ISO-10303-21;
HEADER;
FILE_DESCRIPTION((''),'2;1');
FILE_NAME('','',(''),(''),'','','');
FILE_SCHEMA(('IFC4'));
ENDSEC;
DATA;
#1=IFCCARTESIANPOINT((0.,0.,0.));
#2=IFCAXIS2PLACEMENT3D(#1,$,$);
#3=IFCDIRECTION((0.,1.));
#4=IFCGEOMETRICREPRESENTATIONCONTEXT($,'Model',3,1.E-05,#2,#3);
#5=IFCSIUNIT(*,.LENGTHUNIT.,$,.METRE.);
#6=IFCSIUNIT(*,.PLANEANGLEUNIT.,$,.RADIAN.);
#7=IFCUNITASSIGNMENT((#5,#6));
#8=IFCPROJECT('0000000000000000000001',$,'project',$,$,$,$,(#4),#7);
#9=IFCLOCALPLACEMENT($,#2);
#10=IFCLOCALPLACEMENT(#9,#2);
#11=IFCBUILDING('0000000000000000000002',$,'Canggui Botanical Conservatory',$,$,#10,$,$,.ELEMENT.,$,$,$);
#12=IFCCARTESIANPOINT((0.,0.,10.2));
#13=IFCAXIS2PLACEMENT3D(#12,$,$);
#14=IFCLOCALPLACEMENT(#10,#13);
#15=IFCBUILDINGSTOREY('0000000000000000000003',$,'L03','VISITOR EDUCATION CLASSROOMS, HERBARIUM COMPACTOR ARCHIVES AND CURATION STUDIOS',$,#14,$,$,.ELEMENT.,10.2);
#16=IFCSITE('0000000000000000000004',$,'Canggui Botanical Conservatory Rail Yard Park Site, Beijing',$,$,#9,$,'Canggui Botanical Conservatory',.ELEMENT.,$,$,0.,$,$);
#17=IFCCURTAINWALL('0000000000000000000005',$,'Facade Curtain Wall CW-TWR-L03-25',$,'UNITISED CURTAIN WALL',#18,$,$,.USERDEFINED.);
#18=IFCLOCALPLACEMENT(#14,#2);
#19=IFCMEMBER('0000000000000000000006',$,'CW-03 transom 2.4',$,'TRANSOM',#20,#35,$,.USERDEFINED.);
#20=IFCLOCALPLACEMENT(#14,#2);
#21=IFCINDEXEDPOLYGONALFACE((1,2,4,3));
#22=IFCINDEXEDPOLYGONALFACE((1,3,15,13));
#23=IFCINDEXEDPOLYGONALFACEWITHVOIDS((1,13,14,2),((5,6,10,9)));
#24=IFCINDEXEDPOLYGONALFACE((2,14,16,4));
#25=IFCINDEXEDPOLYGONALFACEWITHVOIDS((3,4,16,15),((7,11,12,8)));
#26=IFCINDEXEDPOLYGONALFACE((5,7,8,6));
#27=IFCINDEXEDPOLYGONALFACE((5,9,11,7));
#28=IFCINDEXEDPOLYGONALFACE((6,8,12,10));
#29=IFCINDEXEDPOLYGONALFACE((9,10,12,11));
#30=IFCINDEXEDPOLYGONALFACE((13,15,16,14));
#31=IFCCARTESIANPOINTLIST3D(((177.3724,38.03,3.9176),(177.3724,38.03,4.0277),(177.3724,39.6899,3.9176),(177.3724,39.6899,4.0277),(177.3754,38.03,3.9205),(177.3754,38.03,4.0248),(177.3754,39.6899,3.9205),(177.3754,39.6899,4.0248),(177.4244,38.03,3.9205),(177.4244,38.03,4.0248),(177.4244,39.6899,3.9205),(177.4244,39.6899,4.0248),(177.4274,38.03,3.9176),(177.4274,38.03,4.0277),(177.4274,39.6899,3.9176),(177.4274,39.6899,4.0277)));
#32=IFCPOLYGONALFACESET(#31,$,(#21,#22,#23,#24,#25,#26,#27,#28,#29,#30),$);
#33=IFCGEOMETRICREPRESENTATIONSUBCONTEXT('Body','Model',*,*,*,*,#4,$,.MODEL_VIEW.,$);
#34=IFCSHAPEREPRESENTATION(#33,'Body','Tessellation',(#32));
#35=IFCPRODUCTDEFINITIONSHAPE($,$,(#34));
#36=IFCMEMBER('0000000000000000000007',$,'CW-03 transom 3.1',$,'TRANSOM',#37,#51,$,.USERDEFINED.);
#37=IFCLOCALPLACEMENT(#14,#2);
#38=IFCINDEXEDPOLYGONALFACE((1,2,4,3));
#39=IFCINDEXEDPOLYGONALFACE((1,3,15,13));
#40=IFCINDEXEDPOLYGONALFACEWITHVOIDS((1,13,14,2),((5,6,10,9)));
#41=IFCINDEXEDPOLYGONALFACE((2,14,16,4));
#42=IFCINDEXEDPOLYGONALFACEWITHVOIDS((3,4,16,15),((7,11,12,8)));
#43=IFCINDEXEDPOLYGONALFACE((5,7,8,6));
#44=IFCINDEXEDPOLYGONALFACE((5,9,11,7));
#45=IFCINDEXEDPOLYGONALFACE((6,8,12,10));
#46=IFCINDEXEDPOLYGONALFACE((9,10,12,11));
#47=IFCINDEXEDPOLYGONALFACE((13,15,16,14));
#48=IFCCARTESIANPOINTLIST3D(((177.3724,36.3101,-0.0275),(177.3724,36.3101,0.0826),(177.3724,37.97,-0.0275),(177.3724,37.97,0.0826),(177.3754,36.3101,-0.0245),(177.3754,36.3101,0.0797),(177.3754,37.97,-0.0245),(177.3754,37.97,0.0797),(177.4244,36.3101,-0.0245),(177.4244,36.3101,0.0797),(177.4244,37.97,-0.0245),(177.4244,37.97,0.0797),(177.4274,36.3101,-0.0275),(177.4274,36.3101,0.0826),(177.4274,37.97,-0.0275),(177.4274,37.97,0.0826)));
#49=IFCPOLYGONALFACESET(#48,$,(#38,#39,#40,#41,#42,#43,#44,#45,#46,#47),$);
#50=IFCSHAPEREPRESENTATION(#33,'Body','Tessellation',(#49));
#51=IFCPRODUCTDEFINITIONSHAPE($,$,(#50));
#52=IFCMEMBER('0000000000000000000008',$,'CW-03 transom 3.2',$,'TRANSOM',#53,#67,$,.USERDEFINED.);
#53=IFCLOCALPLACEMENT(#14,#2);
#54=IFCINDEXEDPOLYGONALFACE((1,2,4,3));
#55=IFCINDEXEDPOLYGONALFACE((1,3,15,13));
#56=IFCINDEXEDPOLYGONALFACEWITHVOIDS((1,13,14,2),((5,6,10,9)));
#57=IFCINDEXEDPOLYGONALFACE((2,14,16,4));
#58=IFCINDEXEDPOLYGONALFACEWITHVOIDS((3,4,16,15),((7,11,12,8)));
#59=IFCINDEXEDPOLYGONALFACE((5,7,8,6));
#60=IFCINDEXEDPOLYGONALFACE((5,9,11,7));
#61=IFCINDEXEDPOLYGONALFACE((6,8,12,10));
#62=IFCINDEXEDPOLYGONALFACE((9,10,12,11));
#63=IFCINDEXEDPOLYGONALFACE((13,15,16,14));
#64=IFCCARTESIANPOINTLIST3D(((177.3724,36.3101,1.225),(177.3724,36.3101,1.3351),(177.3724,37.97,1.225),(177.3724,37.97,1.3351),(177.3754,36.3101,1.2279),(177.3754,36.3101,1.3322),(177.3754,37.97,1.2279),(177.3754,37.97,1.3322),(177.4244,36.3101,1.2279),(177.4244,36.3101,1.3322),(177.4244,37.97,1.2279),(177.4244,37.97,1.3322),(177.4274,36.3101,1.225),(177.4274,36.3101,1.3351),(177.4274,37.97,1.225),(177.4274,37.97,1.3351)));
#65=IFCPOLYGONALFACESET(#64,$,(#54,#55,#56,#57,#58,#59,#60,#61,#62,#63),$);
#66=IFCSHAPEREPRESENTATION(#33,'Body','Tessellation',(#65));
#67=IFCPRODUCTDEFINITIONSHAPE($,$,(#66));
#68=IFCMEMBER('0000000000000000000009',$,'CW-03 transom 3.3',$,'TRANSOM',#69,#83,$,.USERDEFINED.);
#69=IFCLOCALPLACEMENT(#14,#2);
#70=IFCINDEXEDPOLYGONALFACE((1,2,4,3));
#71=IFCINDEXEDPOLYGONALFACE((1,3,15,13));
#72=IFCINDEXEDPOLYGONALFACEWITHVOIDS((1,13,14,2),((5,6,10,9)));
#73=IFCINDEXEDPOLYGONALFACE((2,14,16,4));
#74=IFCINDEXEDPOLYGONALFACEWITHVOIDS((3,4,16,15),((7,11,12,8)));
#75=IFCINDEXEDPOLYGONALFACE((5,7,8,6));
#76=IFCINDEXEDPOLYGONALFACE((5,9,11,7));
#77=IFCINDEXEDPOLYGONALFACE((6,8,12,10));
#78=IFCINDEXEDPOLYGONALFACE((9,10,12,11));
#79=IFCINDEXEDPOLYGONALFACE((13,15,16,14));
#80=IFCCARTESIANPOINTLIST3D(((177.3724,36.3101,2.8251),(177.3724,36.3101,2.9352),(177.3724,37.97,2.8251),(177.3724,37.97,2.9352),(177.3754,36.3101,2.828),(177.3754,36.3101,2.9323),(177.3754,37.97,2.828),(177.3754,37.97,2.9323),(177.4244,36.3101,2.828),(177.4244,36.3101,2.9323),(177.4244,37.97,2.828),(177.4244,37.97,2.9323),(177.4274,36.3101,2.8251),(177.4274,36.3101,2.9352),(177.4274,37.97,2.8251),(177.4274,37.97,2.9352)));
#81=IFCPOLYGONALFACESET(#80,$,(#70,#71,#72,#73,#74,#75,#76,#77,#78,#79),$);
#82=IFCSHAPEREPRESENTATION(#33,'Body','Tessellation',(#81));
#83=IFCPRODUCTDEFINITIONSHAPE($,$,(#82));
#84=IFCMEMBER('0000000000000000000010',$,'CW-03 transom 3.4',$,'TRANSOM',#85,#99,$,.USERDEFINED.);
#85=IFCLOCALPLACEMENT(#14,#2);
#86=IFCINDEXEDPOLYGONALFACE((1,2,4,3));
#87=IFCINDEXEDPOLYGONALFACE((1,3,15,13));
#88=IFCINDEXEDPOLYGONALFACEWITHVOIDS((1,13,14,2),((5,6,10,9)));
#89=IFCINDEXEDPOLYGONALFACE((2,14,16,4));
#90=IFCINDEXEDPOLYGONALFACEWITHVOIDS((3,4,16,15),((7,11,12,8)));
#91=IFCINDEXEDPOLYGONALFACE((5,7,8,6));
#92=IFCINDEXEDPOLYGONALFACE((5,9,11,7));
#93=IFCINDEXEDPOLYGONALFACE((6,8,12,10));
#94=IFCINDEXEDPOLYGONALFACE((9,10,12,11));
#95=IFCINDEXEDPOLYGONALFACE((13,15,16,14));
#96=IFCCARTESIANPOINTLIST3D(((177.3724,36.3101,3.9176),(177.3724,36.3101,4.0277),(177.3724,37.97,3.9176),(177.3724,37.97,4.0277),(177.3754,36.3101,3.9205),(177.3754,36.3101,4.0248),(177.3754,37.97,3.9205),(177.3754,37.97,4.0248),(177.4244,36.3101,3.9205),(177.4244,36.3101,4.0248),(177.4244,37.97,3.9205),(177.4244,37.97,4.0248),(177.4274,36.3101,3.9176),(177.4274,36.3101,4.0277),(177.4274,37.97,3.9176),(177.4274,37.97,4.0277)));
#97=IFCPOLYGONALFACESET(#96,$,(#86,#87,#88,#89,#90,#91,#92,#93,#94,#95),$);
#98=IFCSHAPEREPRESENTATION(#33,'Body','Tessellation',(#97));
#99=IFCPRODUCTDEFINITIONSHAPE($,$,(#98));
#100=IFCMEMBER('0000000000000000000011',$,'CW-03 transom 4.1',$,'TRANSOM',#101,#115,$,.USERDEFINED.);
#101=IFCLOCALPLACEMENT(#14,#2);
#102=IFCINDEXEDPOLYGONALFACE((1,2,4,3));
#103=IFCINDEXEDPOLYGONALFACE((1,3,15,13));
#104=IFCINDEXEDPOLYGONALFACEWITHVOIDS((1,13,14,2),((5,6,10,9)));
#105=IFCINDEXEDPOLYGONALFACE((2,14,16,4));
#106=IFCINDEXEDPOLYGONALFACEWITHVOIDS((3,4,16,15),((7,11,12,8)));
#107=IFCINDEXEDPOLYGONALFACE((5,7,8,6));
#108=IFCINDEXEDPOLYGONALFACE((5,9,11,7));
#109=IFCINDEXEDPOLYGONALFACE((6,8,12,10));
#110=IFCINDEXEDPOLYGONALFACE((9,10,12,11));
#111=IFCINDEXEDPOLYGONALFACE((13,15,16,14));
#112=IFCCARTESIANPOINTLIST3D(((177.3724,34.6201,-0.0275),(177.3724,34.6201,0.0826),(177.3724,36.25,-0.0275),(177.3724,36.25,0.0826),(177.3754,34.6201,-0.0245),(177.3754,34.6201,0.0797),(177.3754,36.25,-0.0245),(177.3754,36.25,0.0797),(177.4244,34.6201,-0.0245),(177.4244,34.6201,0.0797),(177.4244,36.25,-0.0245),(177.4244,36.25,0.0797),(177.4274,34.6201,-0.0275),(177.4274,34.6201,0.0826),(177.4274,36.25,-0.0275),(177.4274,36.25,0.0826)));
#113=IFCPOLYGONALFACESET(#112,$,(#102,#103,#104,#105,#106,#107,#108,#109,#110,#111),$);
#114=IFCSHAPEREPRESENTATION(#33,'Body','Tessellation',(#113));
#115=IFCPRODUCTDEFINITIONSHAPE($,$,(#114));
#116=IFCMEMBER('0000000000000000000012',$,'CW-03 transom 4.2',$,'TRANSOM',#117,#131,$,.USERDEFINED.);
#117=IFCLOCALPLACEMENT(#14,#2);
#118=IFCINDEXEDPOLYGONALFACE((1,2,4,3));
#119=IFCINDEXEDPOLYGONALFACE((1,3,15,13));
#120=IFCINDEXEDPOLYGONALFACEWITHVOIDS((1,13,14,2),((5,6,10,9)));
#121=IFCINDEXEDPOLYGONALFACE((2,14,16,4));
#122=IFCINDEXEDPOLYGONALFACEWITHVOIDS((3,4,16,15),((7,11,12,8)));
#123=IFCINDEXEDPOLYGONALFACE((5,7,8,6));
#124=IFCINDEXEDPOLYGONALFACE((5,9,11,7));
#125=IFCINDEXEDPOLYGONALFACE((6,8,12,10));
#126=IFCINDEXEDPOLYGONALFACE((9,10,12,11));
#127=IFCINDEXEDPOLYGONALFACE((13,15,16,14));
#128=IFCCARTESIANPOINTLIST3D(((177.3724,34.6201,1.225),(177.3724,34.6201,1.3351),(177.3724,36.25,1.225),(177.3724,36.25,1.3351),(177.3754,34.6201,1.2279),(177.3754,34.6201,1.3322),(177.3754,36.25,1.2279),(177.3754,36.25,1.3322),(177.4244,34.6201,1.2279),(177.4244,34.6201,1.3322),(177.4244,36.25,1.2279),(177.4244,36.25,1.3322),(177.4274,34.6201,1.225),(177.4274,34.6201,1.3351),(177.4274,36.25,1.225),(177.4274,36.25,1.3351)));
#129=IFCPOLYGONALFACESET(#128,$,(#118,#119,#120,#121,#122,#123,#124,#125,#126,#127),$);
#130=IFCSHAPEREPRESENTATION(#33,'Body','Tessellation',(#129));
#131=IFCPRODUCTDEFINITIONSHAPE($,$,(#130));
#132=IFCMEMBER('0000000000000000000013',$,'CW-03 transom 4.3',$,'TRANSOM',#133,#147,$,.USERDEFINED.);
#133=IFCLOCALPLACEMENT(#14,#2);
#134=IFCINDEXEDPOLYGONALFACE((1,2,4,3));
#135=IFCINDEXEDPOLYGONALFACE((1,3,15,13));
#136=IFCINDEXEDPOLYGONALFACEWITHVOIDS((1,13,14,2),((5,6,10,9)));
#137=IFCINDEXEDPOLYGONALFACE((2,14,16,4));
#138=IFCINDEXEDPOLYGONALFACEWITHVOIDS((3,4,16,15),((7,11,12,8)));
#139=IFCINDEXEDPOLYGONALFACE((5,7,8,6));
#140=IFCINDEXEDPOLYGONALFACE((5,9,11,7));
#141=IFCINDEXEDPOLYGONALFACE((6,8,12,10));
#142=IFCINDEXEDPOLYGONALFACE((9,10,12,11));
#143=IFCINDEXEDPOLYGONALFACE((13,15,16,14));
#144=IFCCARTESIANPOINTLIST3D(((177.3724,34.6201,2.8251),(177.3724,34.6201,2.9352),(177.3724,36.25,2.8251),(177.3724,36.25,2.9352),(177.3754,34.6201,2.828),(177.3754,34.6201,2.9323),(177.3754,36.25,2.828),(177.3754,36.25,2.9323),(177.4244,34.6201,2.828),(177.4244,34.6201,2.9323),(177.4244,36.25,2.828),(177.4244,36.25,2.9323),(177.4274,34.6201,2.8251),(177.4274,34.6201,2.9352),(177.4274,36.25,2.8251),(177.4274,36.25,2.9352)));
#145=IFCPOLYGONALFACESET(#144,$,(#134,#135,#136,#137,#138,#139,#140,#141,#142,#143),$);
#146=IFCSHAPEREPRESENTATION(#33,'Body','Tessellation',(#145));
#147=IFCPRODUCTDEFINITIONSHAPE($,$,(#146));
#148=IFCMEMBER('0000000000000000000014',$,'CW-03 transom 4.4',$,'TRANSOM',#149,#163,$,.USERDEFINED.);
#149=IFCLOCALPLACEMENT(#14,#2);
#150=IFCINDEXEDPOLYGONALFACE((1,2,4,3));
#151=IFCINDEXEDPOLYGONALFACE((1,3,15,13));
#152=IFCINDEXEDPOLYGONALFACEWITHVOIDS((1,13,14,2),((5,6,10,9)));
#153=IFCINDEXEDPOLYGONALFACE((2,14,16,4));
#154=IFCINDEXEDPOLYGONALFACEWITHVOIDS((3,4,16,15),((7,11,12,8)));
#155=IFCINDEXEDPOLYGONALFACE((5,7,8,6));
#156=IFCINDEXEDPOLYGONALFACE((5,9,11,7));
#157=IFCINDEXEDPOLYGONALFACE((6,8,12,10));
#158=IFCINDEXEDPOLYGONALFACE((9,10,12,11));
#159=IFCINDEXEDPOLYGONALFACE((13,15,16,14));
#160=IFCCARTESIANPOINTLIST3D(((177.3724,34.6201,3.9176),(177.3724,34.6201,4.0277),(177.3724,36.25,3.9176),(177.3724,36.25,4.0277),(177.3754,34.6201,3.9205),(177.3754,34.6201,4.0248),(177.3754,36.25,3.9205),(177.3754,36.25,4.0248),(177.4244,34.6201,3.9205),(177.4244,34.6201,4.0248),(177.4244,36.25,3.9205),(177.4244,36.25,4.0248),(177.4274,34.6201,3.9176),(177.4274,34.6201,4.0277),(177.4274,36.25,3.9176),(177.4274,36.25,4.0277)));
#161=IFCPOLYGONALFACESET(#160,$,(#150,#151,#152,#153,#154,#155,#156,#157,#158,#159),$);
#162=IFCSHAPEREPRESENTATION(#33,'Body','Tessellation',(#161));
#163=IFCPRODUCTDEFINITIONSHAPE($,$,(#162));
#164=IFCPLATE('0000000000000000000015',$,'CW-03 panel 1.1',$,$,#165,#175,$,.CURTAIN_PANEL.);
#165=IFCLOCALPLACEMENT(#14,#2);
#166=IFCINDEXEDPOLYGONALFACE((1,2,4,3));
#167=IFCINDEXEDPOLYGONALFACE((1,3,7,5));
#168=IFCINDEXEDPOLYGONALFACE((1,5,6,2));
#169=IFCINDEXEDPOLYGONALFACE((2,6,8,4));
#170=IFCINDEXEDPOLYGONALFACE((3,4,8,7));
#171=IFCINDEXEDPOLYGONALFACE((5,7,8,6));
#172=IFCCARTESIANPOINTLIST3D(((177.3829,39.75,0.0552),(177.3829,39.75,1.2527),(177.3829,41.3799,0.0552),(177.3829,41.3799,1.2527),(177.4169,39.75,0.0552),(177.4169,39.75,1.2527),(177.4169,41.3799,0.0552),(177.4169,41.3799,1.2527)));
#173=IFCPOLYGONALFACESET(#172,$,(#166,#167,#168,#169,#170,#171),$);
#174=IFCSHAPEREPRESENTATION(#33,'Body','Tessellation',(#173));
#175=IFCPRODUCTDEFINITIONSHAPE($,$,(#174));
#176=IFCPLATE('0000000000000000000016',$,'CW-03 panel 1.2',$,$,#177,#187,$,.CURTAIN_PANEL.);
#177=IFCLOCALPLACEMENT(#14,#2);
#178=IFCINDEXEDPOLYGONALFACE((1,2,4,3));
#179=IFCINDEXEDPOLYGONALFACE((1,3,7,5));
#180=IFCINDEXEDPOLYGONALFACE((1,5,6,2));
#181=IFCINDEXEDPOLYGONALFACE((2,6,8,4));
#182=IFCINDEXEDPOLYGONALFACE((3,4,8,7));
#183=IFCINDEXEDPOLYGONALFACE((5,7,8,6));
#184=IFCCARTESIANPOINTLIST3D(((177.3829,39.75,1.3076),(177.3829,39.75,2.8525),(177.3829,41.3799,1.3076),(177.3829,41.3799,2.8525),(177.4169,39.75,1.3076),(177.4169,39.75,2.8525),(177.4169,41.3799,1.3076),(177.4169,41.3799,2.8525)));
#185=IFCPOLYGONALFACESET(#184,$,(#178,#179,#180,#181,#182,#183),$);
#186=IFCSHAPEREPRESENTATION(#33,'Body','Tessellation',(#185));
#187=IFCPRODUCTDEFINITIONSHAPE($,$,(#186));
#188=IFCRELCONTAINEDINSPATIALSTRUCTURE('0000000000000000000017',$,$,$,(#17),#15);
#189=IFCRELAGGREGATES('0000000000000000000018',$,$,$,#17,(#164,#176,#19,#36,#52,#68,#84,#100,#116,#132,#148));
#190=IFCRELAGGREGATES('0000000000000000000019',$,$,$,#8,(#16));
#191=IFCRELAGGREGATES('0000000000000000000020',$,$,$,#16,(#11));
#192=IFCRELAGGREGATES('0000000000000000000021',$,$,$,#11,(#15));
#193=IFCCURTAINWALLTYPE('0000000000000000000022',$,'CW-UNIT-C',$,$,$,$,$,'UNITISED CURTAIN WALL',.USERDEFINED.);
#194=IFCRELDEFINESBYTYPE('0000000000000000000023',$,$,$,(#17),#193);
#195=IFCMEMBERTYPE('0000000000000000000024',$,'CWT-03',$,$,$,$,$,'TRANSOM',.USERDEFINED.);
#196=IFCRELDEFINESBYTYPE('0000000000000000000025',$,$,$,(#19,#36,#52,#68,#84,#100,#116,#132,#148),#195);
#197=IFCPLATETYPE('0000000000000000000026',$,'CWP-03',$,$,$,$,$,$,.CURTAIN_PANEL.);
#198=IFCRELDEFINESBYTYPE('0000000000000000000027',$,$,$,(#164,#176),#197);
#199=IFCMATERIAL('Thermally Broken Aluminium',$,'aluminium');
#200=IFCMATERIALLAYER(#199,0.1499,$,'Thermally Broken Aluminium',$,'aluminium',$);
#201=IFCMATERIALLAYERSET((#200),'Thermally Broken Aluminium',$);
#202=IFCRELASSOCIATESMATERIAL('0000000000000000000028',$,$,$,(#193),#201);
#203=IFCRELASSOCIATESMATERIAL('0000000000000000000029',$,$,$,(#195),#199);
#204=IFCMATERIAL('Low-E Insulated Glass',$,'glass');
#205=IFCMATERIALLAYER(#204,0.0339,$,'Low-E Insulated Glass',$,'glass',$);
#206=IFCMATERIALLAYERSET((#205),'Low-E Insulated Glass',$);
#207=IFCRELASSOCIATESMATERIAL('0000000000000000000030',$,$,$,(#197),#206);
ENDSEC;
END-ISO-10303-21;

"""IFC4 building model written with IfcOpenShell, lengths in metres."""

from ifc_helpers import new_model, si_unit, direction, frame, origin, origin_2d, place, context, subcontext, project, spatial, rectangle, hollow_rectangle, extrude, material, layer, layer_set, material_profile, profile_set, type_object, element, aggregate, save


model = new_model("IFC4")

# Units and contexts
model_context = context("Model", 3, precision=1e-05, world=origin(), true_north=direction((0.0, 1.0)))
body_context = subcontext(model_context, "Body", "Model", "MODEL_VIEW")
ifc_project = project(units=[si_unit("LENGTHUNIT", "METRE"), si_unit("PLANEANGLEUNIT", "RADIAN")], contexts=[model_context])

# Site, building, storey
site_placement = place(None, origin())
site = spatial("IfcSite", under=ifc_project, at=site_placement, Name="Canggui Botanical Conservatory Rail Yard Park Site, Beijing", LongName="Canggui Botanical Conservatory", CompositionType="ELEMENT", RefElevation=0.0)
building_placement = place(site_placement, origin())
building = spatial("IfcBuilding", under=site, at=building_placement, Name="Canggui Botanical Conservatory", CompositionType="ELEMENT")
storey_placement = place(building_placement, frame((0.0, 0.0, 10.2)))
storey = spatial("IfcBuildingStorey", under=building, at=storey_placement, Name="L03", Description="VISITOR EDUCATION CLASSROOMS, HERBARIUM COMPACTOR ARCHIVES AND CURATION STUDIOS", CompositionType="ELEMENT", Elevation=10.2)

# Curtain wall, members, plates
ifc_material_1 = material(Name="Thermally Broken Aluminium", Category="aluminium")
ifc_layer_1 = layer(ifc_material_1, 0.1499, Name="Thermally Broken Aluminium", Category="aluminium")
ifc_layer_set_1 = layer_set([ifc_layer_1], Name="Thermally Broken Aluminium")
curtain_wall_type = type_object("IfcCurtainWallType", Name="CW-UNIT-C", ElementType="UNITISED CURTAIN WALL", PredefinedType="USERDEFINED", material=ifc_layer_set_1)
curtain_wall_placement = place(storey_placement, origin())
curtain_wall = element("IfcCurtainWall", 1, at=curtain_wall_placement, inside=storey, type_object=curtain_wall_type, Name="Facade Curtain Wall CW-TWR-L03-25", ObjectType="UNITISED CURTAIN WALL", PredefinedType="USERDEFINED")
ifc_material_profile_1 = material_profile(ifc_material_1, hollow_rectangle(XDim=0.0549, YDim=0.1101, WallThickness=0.0029, at=origin_2d()), Name="CWT 55x110x3")
ifc_profile_set_1 = profile_set([ifc_material_profile_1], Name="Thermally Broken Aluminium")
member_type_1 = type_object("IfcMemberType", Name="CWT-03", ElementType="TRANSOM", PredefinedType="USERDEFINED", material=ifc_profile_set_1)
member_1_placement = place(storey_placement, frame((177.3999, 39.6899, 3.9727), z_axis=(0.0, -1.0, 0.0), x_axis=(1.0, 0.0, 0.0)))
member_1 = element("IfcMember", 2, at=member_1_placement, type_object=member_type_1, Name="CW-03 transom 2.4", ObjectType="TRANSOM", PredefinedType="USERDEFINED", context=body_context, shape_type="SweptSolid", body=[
    extrude(hollow_rectangle(XDim=0.0549, YDim=0.1101, WallThickness=0.0029, at=origin_2d()), origin(), (0.0, 0.0, 1.0), 1.6599),
])
member_2_placement = place(storey_placement, frame((177.3999, 37.97, 0.0276), z_axis=(0.0, -1.0, 0.0), x_axis=(1.0, 0.0, 0.0)))
member_2 = element("IfcMember", 3, at=member_2_placement, type_object=member_type_1, Name="CW-03 transom 3.1", ObjectType="TRANSOM", PredefinedType="USERDEFINED", context=body_context, shape_type="SweptSolid", body=[
    extrude(hollow_rectangle(XDim=0.0549, YDim=0.1101, WallThickness=0.0029, at=origin_2d()), origin(), (0.0, 0.0, 1.0), 1.6599),
])
member_3_placement = place(storey_placement, frame((177.3999, 37.97, 1.28), z_axis=(0.0, -1.0, 0.0), x_axis=(1.0, 0.0, 0.0)))
member_3 = element("IfcMember", 4, at=member_3_placement, type_object=member_type_1, Name="CW-03 transom 3.2", ObjectType="TRANSOM", PredefinedType="USERDEFINED", context=body_context, shape_type="SweptSolid", body=[
    extrude(hollow_rectangle(XDim=0.0549, YDim=0.1101, WallThickness=0.0029, at=origin_2d()), origin(), (0.0, 0.0, 1.0), 1.6599),
])
member_4_placement = place(storey_placement, frame((177.3999, 37.97, 2.8801), z_axis=(0.0, -1.0, 0.0), x_axis=(1.0, 0.0, 0.0)))
member_4 = element("IfcMember", 5, at=member_4_placement, type_object=member_type_1, Name="CW-03 transom 3.3", ObjectType="TRANSOM", PredefinedType="USERDEFINED", context=body_context, shape_type="SweptSolid", body=[
    extrude(hollow_rectangle(XDim=0.0549, YDim=0.1101, WallThickness=0.0029, at=origin_2d()), origin(), (0.0, 0.0, 1.0), 1.6599),
])
member_5_placement = place(storey_placement, frame((177.3999, 37.97, 3.9727), z_axis=(0.0, -1.0, 0.0), x_axis=(1.0, 0.0, 0.0)))
member_5 = element("IfcMember", 6, at=member_5_placement, type_object=member_type_1, Name="CW-03 transom 3.4", ObjectType="TRANSOM", PredefinedType="USERDEFINED", context=body_context, shape_type="SweptSolid", body=[
    extrude(hollow_rectangle(XDim=0.0549, YDim=0.1101, WallThickness=0.0029, at=origin_2d()), origin(), (0.0, 0.0, 1.0), 1.6599),
])
member_6_placement = place(storey_placement, frame((177.3999, 36.25, 0.0276), z_axis=(0.0, -1.0, 0.0), x_axis=(1.0, 0.0, 0.0)))
member_6 = element("IfcMember", 7, at=member_6_placement, type_object=member_type_1, Name="CW-03 transom 4.1", ObjectType="TRANSOM", PredefinedType="USERDEFINED", context=body_context, shape_type="SweptSolid", body=[
    extrude(hollow_rectangle(XDim=0.0549, YDim=0.1101, WallThickness=0.0029, at=origin_2d()), origin(), (0.0, 0.0, 1.0), 1.6299),
])
member_7_placement = place(storey_placement, frame((177.3999, 36.25, 1.28), z_axis=(0.0, -1.0, 0.0), x_axis=(1.0, 0.0, 0.0)))
member_7 = element("IfcMember", 8, at=member_7_placement, type_object=member_type_1, Name="CW-03 transom 4.2", ObjectType="TRANSOM", PredefinedType="USERDEFINED", context=body_context, shape_type="SweptSolid", body=[
    extrude(hollow_rectangle(XDim=0.0549, YDim=0.1101, WallThickness=0.0029, at=origin_2d()), origin(), (0.0, 0.0, 1.0), 1.6299),
])
member_8_placement = place(storey_placement, frame((177.3999, 36.25, 2.8801), z_axis=(0.0, -1.0, 0.0), x_axis=(1.0, 0.0, 0.0)))
member_8 = element("IfcMember", 9, at=member_8_placement, type_object=member_type_1, Name="CW-03 transom 4.3", ObjectType="TRANSOM", PredefinedType="USERDEFINED", context=body_context, shape_type="SweptSolid", body=[
    extrude(hollow_rectangle(XDim=0.0549, YDim=0.1101, WallThickness=0.0029, at=origin_2d()), origin(), (0.0, 0.0, 1.0), 1.6299),
])
member_9_placement = place(storey_placement, frame((177.3999, 36.25, 3.9727), z_axis=(0.0, -1.0, 0.0), x_axis=(1.0, 0.0, 0.0)))
member_9 = element("IfcMember", 10, at=member_9_placement, type_object=member_type_1, Name="CW-03 transom 4.4", ObjectType="TRANSOM", PredefinedType="USERDEFINED", context=body_context, shape_type="SweptSolid", body=[
    extrude(hollow_rectangle(XDim=0.0549, YDim=0.1101, WallThickness=0.0029, at=origin_2d()), origin(), (0.0, 0.0, 1.0), 1.6299),
])
ifc_material_2 = material(Name="Low-E Insulated Glass", Category="glass")
ifc_layer_2 = layer(ifc_material_2, 0.0339, Name="Low-E Insulated Glass", Category="glass")
ifc_layer_set_2 = layer_set([ifc_layer_2], Name="Low-E Insulated Glass")
plate_type = type_object("IfcPlateType", Name="CWP-03", PredefinedType="CURTAIN_PANEL", material=ifc_layer_set_2)
plate_1_placement = place(storey_placement, frame((177.3999, 40.5649, 0.0552), z_axis=(0.0, 0.0, 1.0), x_axis=(0.0, -1.0, 0.0)))
plate_1 = element("IfcPlate", 11, at=plate_1_placement, type_object=plate_type, Name="CW-03 panel 1.1", PredefinedType="CURTAIN_PANEL", context=body_context, shape_type="SweptSolid", body=[
    extrude(rectangle(XDim=1.6299, YDim=0.0339, at=origin_2d()), origin(), (0.0, 0.0, 1.0), 1.1975),
])
plate_2_placement = place(storey_placement, frame((177.3999, 40.5649, 1.3076), z_axis=(0.0, 0.0, 1.0), x_axis=(0.0, -1.0, 0.0)))
plate_2 = element("IfcPlate", 12, at=plate_2_placement, type_object=plate_type, Name="CW-03 panel 1.2", PredefinedType="CURTAIN_PANEL", context=body_context, shape_type="SweptSolid", body=[
    extrude(rectangle(XDim=1.6299, YDim=0.0339, at=origin_2d()), origin(), (0.0, 0.0, 1.0), 1.5449),
])
aggregate(curtain_wall, [plate_1, plate_2, member_1, member_2, member_3, member_4, member_5, member_6, member_7, member_8, member_9])

save(model, "model.ifc")
